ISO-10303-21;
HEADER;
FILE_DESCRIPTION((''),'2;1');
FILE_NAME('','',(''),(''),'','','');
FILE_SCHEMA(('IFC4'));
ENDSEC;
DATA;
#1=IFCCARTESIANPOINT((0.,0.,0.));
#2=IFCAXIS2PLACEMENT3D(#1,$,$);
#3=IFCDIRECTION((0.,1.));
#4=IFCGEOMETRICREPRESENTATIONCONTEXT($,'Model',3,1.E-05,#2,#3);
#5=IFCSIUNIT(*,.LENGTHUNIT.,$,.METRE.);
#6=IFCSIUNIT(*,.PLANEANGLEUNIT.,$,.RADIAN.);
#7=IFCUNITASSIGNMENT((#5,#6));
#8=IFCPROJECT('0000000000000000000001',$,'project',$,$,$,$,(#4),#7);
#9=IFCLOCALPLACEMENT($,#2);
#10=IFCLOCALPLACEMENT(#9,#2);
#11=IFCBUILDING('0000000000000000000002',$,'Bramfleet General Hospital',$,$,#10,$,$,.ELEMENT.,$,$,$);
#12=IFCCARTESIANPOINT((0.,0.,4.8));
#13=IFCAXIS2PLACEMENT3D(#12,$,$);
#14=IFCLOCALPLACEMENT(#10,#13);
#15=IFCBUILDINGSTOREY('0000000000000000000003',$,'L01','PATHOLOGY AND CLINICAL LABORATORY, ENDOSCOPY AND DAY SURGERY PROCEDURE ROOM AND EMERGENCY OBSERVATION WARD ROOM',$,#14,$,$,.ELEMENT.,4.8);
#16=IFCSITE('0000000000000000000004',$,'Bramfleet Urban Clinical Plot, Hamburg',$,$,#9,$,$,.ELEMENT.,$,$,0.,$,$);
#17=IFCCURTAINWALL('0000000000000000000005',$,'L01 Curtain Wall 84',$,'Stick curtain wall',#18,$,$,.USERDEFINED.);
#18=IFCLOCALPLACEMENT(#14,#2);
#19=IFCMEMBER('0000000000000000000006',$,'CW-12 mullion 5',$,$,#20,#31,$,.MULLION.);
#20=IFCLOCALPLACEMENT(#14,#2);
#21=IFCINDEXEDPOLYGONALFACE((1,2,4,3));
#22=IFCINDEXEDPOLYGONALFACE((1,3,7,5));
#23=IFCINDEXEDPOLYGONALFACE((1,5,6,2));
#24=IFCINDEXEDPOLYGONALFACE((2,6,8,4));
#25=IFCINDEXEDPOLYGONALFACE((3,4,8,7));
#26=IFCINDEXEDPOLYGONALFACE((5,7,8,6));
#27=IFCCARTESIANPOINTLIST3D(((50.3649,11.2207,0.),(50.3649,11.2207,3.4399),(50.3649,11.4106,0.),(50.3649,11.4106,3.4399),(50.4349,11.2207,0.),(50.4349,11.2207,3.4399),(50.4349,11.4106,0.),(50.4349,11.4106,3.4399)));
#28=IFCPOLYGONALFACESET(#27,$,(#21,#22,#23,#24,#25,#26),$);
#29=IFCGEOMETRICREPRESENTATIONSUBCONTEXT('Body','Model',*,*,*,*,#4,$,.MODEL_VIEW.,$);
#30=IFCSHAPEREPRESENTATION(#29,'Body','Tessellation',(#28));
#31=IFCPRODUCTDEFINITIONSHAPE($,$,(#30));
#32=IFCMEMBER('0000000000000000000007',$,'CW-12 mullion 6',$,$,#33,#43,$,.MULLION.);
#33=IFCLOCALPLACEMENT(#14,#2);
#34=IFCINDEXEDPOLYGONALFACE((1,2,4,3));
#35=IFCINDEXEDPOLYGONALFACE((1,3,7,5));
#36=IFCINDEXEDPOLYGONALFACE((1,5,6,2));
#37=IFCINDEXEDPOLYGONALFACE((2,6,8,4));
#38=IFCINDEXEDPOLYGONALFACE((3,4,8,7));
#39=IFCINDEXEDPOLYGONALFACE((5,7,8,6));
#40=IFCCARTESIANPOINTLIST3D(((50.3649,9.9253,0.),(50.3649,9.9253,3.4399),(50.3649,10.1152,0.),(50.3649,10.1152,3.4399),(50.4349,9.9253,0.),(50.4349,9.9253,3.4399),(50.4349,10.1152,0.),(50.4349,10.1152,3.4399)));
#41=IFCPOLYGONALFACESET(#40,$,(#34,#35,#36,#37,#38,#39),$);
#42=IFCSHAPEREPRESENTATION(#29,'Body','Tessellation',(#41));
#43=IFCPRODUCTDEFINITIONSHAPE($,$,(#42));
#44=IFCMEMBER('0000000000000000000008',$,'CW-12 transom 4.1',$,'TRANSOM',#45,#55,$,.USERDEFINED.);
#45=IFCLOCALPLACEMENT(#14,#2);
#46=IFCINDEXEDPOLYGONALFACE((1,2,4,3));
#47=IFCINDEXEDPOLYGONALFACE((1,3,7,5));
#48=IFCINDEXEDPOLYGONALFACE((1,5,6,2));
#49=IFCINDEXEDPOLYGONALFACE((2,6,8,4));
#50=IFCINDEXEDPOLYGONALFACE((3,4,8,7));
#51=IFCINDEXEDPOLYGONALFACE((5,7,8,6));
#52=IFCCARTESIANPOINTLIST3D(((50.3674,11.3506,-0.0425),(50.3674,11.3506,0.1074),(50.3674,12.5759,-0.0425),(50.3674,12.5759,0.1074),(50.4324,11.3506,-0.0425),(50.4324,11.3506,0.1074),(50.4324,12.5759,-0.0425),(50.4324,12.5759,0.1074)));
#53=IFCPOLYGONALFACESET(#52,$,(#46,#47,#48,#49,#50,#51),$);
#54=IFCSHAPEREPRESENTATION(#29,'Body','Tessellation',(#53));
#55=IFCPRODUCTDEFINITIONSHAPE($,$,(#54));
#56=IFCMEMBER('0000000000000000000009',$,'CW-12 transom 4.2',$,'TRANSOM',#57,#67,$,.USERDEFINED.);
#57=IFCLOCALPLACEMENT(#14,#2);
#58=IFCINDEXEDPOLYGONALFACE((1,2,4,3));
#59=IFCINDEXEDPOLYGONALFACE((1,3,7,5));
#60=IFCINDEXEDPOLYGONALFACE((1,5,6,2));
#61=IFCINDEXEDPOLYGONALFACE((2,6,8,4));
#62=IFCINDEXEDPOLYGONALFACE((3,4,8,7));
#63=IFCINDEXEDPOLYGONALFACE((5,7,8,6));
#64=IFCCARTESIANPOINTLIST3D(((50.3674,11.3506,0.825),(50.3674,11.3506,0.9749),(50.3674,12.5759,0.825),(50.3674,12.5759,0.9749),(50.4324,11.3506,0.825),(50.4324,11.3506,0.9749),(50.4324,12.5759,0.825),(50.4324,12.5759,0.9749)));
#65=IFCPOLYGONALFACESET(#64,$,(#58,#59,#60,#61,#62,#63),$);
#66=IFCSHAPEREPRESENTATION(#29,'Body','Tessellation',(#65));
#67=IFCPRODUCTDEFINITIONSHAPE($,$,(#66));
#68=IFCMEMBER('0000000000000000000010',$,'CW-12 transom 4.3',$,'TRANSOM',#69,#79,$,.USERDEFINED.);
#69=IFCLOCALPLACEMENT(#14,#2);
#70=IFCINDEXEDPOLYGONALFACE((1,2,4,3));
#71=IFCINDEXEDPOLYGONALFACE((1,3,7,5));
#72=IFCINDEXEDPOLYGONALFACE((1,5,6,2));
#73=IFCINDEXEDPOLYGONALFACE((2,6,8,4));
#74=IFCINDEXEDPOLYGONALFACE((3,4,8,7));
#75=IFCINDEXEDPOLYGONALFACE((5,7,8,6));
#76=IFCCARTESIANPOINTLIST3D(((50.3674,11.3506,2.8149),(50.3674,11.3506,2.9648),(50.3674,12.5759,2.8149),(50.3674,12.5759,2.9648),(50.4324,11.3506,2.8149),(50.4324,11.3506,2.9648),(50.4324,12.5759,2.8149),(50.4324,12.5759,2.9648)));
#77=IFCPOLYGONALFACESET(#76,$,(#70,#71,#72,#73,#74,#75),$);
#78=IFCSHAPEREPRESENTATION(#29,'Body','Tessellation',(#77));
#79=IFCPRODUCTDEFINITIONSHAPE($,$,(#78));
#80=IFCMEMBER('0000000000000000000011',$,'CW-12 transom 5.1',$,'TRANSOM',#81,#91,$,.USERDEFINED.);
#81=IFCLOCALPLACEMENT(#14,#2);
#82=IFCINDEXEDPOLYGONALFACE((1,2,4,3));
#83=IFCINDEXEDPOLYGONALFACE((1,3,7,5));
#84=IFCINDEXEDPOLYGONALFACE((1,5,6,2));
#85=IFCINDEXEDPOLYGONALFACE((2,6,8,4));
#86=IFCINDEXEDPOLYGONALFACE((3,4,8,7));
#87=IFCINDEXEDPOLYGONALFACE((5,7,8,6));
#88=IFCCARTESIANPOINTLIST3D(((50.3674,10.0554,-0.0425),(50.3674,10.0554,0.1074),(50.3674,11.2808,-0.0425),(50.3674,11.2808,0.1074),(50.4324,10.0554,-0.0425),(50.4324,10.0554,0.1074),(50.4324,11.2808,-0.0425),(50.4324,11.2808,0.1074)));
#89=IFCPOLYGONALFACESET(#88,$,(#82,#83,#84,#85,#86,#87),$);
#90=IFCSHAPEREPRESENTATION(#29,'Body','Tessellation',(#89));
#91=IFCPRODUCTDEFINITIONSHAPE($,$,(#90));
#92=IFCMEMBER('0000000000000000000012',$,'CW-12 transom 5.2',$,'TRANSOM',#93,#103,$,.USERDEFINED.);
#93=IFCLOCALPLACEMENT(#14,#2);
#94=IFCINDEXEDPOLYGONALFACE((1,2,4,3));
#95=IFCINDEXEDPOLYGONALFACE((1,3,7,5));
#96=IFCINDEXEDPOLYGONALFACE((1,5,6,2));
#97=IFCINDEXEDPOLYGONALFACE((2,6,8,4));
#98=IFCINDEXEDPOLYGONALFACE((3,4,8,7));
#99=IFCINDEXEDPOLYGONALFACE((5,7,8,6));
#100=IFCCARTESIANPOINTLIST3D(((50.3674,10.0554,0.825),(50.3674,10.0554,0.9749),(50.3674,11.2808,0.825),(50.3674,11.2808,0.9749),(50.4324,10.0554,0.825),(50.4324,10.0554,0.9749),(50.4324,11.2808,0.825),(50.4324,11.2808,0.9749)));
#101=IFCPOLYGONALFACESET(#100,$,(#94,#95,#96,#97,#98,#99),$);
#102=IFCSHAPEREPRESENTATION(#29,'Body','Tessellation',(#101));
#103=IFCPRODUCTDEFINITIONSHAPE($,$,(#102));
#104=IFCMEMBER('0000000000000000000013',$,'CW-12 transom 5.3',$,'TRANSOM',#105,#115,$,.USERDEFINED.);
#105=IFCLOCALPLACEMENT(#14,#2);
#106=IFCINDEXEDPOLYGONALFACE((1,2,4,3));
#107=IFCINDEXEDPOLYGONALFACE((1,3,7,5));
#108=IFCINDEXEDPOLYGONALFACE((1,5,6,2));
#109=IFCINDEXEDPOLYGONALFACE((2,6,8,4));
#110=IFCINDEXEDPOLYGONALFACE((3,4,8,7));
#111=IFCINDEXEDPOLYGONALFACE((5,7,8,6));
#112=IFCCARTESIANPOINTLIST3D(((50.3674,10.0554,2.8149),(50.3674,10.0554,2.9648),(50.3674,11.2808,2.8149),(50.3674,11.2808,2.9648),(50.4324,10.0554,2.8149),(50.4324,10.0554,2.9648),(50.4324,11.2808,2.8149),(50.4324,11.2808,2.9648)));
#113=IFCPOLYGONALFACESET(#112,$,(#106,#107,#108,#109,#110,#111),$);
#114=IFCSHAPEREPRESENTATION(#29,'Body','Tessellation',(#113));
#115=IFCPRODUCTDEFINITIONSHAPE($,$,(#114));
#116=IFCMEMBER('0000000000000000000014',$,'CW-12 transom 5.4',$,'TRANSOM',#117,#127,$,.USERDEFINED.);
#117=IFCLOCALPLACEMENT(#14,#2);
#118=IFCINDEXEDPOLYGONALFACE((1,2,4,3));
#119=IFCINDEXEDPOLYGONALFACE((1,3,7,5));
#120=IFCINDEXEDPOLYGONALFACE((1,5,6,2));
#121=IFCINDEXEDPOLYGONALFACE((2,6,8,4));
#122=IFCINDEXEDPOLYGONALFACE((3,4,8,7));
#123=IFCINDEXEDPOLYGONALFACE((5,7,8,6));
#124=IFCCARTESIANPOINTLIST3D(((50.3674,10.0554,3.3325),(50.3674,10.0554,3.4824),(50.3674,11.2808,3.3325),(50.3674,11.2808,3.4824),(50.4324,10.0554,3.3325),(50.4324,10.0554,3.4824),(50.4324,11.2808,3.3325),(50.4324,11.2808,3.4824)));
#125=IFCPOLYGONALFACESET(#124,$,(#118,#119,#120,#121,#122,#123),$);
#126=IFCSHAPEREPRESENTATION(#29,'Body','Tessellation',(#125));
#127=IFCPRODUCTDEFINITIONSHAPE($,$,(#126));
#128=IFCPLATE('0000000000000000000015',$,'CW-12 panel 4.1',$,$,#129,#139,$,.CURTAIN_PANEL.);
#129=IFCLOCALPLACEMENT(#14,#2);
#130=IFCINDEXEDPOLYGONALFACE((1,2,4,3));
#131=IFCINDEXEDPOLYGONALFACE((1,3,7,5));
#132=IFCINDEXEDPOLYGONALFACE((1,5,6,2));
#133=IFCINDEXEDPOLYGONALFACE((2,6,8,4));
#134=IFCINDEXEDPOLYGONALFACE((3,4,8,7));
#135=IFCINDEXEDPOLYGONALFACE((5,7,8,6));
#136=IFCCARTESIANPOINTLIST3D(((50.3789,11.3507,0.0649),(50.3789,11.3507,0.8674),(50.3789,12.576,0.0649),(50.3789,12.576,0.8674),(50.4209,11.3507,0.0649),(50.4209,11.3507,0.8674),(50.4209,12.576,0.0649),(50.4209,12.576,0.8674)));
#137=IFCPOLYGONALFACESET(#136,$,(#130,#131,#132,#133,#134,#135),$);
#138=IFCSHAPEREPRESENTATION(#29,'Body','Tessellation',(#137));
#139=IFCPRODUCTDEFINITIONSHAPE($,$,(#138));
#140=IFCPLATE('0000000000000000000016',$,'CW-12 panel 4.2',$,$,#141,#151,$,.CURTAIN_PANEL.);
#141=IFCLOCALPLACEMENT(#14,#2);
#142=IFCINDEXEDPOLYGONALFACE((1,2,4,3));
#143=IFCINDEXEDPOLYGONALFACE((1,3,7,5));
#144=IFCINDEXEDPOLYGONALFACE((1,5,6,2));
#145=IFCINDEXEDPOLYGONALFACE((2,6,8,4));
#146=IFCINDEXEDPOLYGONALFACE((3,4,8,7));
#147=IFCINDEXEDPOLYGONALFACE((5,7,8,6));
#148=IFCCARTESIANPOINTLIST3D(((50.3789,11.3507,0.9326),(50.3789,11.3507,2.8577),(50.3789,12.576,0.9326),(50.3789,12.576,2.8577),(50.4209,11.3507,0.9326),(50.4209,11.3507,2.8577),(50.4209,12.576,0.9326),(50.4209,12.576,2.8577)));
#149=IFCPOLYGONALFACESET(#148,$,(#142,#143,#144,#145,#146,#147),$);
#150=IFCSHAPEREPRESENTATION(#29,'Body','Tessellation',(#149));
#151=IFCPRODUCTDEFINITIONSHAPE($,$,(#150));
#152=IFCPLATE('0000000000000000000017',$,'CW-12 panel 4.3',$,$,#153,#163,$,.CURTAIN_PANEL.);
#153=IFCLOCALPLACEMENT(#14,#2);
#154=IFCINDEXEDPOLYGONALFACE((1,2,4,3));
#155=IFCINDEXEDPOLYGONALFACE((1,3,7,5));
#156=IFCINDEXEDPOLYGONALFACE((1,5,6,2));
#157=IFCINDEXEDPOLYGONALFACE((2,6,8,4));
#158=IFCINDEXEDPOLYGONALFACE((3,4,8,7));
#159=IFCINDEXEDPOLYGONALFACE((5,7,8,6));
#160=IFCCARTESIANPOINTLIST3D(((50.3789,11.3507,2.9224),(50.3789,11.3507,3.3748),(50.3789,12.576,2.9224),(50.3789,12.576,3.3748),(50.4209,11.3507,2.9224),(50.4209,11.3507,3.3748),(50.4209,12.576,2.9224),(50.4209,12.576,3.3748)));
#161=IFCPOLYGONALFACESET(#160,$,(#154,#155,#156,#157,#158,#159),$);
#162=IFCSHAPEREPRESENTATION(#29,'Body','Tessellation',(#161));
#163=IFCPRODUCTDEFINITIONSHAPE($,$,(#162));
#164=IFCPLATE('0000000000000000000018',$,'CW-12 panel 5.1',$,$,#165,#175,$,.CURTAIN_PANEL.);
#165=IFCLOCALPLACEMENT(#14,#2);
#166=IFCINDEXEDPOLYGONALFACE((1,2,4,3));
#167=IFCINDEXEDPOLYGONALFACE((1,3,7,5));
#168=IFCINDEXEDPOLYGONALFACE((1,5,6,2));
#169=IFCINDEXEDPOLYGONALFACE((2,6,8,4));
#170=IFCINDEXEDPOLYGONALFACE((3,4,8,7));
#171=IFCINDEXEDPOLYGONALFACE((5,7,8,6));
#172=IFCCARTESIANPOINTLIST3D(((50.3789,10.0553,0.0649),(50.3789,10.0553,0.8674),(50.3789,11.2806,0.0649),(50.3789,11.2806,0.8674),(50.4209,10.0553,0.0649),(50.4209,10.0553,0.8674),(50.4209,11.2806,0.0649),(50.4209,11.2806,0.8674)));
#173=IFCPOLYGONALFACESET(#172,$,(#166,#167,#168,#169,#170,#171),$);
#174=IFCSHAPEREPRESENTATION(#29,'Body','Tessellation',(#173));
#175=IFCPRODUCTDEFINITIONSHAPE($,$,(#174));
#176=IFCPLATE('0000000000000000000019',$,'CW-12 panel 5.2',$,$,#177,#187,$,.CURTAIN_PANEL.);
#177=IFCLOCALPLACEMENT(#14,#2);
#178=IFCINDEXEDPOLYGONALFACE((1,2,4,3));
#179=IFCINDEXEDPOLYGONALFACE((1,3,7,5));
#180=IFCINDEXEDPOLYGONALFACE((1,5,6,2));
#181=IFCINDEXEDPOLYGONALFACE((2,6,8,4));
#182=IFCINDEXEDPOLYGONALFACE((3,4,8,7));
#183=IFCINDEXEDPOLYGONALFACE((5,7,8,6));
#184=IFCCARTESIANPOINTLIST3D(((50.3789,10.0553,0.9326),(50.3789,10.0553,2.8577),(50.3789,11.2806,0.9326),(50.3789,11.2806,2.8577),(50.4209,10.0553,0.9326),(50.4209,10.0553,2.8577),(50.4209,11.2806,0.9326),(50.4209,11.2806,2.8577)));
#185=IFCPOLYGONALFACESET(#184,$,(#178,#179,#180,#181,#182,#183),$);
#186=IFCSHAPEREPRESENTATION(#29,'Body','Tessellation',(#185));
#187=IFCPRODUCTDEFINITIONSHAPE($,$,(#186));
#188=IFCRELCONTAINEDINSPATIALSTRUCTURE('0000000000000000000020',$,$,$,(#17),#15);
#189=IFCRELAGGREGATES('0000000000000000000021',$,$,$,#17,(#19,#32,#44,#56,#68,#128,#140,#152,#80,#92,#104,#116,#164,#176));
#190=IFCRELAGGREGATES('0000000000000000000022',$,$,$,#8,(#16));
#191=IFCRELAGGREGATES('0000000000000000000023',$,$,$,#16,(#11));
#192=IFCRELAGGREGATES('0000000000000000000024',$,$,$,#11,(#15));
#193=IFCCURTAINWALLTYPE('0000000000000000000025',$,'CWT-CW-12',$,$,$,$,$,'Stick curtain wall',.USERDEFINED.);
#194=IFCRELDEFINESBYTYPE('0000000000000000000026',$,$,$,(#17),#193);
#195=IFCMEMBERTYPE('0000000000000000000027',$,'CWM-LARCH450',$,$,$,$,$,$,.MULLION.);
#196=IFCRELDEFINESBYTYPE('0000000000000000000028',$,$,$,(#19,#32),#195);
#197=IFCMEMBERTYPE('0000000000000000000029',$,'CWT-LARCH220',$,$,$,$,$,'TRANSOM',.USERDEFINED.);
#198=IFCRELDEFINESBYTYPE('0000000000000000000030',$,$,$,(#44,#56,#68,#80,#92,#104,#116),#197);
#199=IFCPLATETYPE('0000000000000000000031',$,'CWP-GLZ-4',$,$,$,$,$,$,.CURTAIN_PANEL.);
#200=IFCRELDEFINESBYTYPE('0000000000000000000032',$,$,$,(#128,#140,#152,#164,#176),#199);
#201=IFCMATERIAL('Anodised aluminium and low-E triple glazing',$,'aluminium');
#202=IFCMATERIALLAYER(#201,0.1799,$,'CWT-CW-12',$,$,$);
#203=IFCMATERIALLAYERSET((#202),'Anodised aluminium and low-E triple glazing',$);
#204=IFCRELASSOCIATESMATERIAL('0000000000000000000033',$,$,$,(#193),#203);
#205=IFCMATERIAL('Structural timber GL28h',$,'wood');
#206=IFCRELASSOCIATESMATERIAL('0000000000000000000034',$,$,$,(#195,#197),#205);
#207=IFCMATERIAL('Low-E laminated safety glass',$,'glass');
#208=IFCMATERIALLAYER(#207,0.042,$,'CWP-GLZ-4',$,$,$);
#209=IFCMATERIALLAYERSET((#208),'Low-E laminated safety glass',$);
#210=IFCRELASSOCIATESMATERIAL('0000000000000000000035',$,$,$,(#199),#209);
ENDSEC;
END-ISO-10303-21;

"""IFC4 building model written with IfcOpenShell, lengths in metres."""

from ifc_helpers import new_model, si_unit, direction, frame, origin, origin_2d, place, context, subcontext, project, spatial, rectangle, extrude, material, layer, layer_set, material_profile, profile_set, type_object, element, aggregate, save


model = new_model("IFC4")

# Units and contexts
model_context = context("Model", 3, precision=1e-05, world=origin(), true_north=direction((0.0, 1.0)))
body_context = subcontext(model_context, "Body", "Model", "MODEL_VIEW")
ifc_project = project(units=[si_unit("LENGTHUNIT", "METRE"), si_unit("PLANEANGLEUNIT", "RADIAN")], contexts=[model_context])

# Site, building, storey
site_placement = place(None, origin())
site = spatial("IfcSite", under=ifc_project, at=site_placement, Name="Bramfleet Urban Clinical Plot, Hamburg", CompositionType="ELEMENT", RefElevation=0.0)
building_placement = place(site_placement, origin())
building = spatial("IfcBuilding", under=site, at=building_placement, Name="Bramfleet General Hospital", CompositionType="ELEMENT")
storey_placement = place(building_placement, frame((0.0, 0.0, 4.8)))
storey = spatial("IfcBuildingStorey", under=building, at=storey_placement, Name="L01", Description="PATHOLOGY AND CLINICAL LABORATORY, ENDOSCOPY AND DAY SURGERY PROCEDURE ROOM AND EMERGENCY OBSERVATION WARD ROOM", CompositionType="ELEMENT", Elevation=4.8)

# Curtain wall, members, plates
ifc_material_1 = material(Name="Anodised aluminium and low-E triple glazing", Category="aluminium")
ifc_layer_1 = layer(ifc_material_1, 0.1799, Name="CWT-CW-12")
ifc_layer_set_1 = layer_set([ifc_layer_1], Name="Anodised aluminium and low-E triple glazing")
curtain_wall_type = type_object("IfcCurtainWallType", Name="CWT-CW-12", ElementType="Stick curtain wall", PredefinedType="USERDEFINED", material=ifc_layer_set_1)
curtain_wall_placement = place(storey_placement, origin())
curtain_wall = element("IfcCurtainWall", 1, at=curtain_wall_placement, inside=storey, type_object=curtain_wall_type, Name="L01 Curtain Wall 84", ObjectType="Stick curtain wall", PredefinedType="USERDEFINED")
ifc_material_2 = material(Name="Structural timber GL28h", Category="wood")
ifc_material_profile_1 = material_profile(ifc_material_2, rectangle(XDim=0.0701, YDim=0.1899, at=origin_2d()), Name="LARCH 190x70")
ifc_profile_set_1 = profile_set([ifc_material_profile_1], Name="Structural timber GL28h")
member_type_1 = type_object("IfcMemberType", Name="CWM-LARCH450", PredefinedType="MULLION", material=ifc_profile_set_1)
member_1_placement = place(storey_placement, frame((50.3999, 11.3157, 0.0), z_axis=(0.0, 0.0, 1.0), x_axis=(1.0, 0.0, 0.0)))
member_1 = element("IfcMember", 2, at=member_1_placement, type_object=member_type_1, Name="CW-12 mullion 5", PredefinedType="MULLION", context=body_context, shape_type="SweptSolid", body=[
    extrude(rectangle(XDim=0.0701, YDim=0.1899, at=origin_2d()), origin(), (0.0, 0.0, 1.0), 3.4399),
])
member_2_placement = place(storey_placement, frame((50.3999, 10.0203, 0.0), z_axis=(0.0, 0.0, 1.0), x_axis=(1.0, 0.0, 0.0)))
member_2 = element("IfcMember", 3, at=member_2_placement, type_object=member_type_1, Name="CW-12 mullion 6", PredefinedType="MULLION", context=body_context, shape_type="SweptSolid", body=[
    extrude(rectangle(XDim=0.0701, YDim=0.1899, at=origin_2d()), origin(), (0.0, 0.0, 1.0), 3.4399),
])
ifc_material_profile_2 = material_profile(ifc_material_2, rectangle(XDim=0.0649, YDim=0.1499, at=origin_2d()), Name="LARCH 150x65")
ifc_profile_set_2 = profile_set([ifc_material_profile_2], Name="Structural timber GL28h")
member_type_2 = type_object("IfcMemberType", Name="CWT-LARCH220", ElementType="TRANSOM", PredefinedType="USERDEFINED", material=ifc_profile_set_2)
member_3_placement = place(storey_placement, frame((50.3999, 12.5759, 0.0325), z_axis=(0.0, -1.0, 0.0), x_axis=(1.0, 0.0, 0.0)))
member_3 = element("IfcMember", 4, at=member_3_placement, type_object=member_type_2, Name="CW-12 transom 4.1", ObjectType="TRANSOM", PredefinedType="USERDEFINED", context=body_context, shape_type="SweptSolid", body=[
    extrude(rectangle(XDim=0.0649, YDim=0.1499, at=origin_2d()), origin(), (0.0, 0.0, 1.0), 1.2253),
])
member_4_placement = place(storey_placement, frame((50.3999, 12.5759, 0.8999), z_axis=(0.0, -1.0, 0.0), x_axis=(1.0, 0.0, 0.0)))
member_4 = element("IfcMember", 5, at=member_4_placement, type_object=member_type_2, Name="CW-12 transom 4.2", ObjectType="TRANSOM", PredefinedType="USERDEFINED", context=body_context, shape_type="SweptSolid", body=[
    extrude(rectangle(XDim=0.0649, YDim=0.1499, at=origin_2d()), origin(), (0.0, 0.0, 1.0), 1.2253),
])
member_5_placement = place(storey_placement, frame((50.3999, 12.5759, 2.8899), z_axis=(0.0, -1.0, 0.0), x_axis=(1.0, 0.0, 0.0)))
member_5 = element("IfcMember", 6, at=member_5_placement, type_object=member_type_2, Name="CW-12 transom 4.3", ObjectType="TRANSOM", PredefinedType="USERDEFINED", context=body_context, shape_type="SweptSolid", body=[
    extrude(rectangle(XDim=0.0649, YDim=0.1499, at=origin_2d()), origin(), (0.0, 0.0, 1.0), 1.2253),
])
member_6_placement = place(storey_placement, frame((50.3999, 11.2808, 0.0325), z_axis=(0.0, -1.0, 0.0), x_axis=(1.0, 0.0, 0.0)))
member_6 = element("IfcMember", 7, at=member_6_placement, type_object=member_type_2, Name="CW-12 transom 5.1", ObjectType="TRANSOM", PredefinedType="USERDEFINED", context=body_context, shape_type="SweptSolid", body=[
    extrude(rectangle(XDim=0.0649, YDim=0.1499, at=origin_2d()), origin(), (0.0, 0.0, 1.0), 1.2253),
])
member_7_placement = place(storey_placement, frame((50.3999, 11.2808, 0.8999), z_axis=(0.0, -1.0, 0.0), x_axis=(1.0, 0.0, 0.0)))
member_7 = element("IfcMember", 8, at=member_7_placement, type_object=member_type_2, Name="CW-12 transom 5.2", ObjectType="TRANSOM", PredefinedType="USERDEFINED", context=body_context, shape_type="SweptSolid", body=[
    extrude(rectangle(XDim=0.0649, YDim=0.1499, at=origin_2d()), origin(), (0.0, 0.0, 1.0), 1.2253),
])
member_8_placement = place(storey_placement, frame((50.3999, 11.2808, 2.8899), z_axis=(0.0, -1.0, 0.0), x_axis=(1.0, 0.0, 0.0)))
member_8 = element("IfcMember", 9, at=member_8_placement, type_object=member_type_2, Name="CW-12 transom 5.3", ObjectType="TRANSOM", PredefinedType="USERDEFINED", context=body_context, shape_type="SweptSolid", body=[
    extrude(rectangle(XDim=0.0649, YDim=0.1499, at=origin_2d()), origin(), (0.0, 0.0, 1.0), 1.2253),
])
member_9_placement = place(storey_placement, frame((50.3999, 11.2808, 3.4075), z_axis=(0.0, -1.0, 0.0), x_axis=(1.0, 0.0, 0.0)))
member_9 = element("IfcMember", 10, at=member_9_placement, type_object=member_type_2, Name="CW-12 transom 5.4", ObjectType="TRANSOM", PredefinedType="USERDEFINED", context=body_context, shape_type="SweptSolid", body=[
    extrude(rectangle(XDim=0.0649, YDim=0.1499, at=origin_2d()), origin(), (0.0, 0.0, 1.0), 1.2253),
])
ifc_material_3 = material(Name="Low-E laminated safety glass", Category="glass")
ifc_layer_2 = layer(ifc_material_3, 0.042, Name="CWP-GLZ-4")
ifc_layer_set_2 = layer_set([ifc_layer_2], Name="Low-E laminated safety glass")
plate_type = type_object("IfcPlateType", Name="CWP-GLZ-4", PredefinedType="CURTAIN_PANEL", material=ifc_layer_set_2)
plate_1_placement = place(storey_placement, frame((50.3999, 11.9634, 0.0649), z_axis=(0.0, 0.0, 1.0), x_axis=(0.0, -1.0, 0.0)))
plate_1 = element("IfcPlate", 11, at=plate_1_placement, type_object=plate_type, Name="CW-12 panel 4.1", PredefinedType="CURTAIN_PANEL", context=body_context, shape_type="SweptSolid", body=[
    extrude(rectangle(XDim=1.2253, YDim=0.042, at=origin_2d()), origin(), (0.0, 0.0, 1.0), 0.8025),
])
plate_2_placement = place(storey_placement, frame((50.3999, 11.9634, 0.9326), z_axis=(0.0, 0.0, 1.0), x_axis=(0.0, -1.0, 0.0)))
plate_2 = element("IfcPlate", 12, at=plate_2_placement, type_object=plate_type, Name="CW-12 panel 4.2", PredefinedType="CURTAIN_PANEL", context=body_context, shape_type="SweptSolid", body=[
    extrude(rectangle(XDim=1.2253, YDim=0.042, at=origin_2d()), origin(), (0.0, 0.0, 1.0), 1.925),
])
plate_3_placement = place(storey_placement, frame((50.3999, 11.9634, 2.9224), z_axis=(0.0, 0.0, 1.0), x_axis=(0.0, -1.0, 0.0)))
plate_3 = element("IfcPlate", 13, at=plate_3_placement, type_object=plate_type, Name="CW-12 panel 4.3", PredefinedType="CURTAIN_PANEL", context=body_context, shape_type="SweptSolid", body=[
    extrude(rectangle(XDim=1.2253, YDim=0.042, at=origin_2d()), origin(), (0.0, 0.0, 1.0), 0.4524),
])
plate_4_placement = place(storey_placement, frame((50.3999, 10.668, 0.0649), z_axis=(0.0, 0.0, 1.0), x_axis=(0.0, -1.0, 0.0)))
plate_4 = element("IfcPlate", 14, at=plate_4_placement, type_object=plate_type, Name="CW-12 panel 5.1", PredefinedType="CURTAIN_PANEL", context=body_context, shape_type="SweptSolid", body=[
    extrude(rectangle(XDim=1.2253, YDim=0.042, at=origin_2d()), origin(), (0.0, 0.0, 1.0), 0.8025),
])
plate_5_placement = place(storey_placement, frame((50.3999, 10.668, 0.9326), z_axis=(0.0, 0.0, 1.0), x_axis=(0.0, -1.0, 0.0)))
plate_5 = element("IfcPlate", 15, at=plate_5_placement, type_object=plate_type, Name="CW-12 panel 5.2", PredefinedType="CURTAIN_PANEL", context=body_context, shape_type="SweptSolid", body=[
    extrude(rectangle(XDim=1.2253, YDim=0.042, at=origin_2d()), origin(), (0.0, 0.0, 1.0), 1.925),
])
aggregate(curtain_wall, [member_1, member_2, member_3, member_4, member_5, plate_1, plate_2, plate_3, member_6, member_7, member_8, member_9, plate_4, plate_5])

save(model, "model.ifc")
